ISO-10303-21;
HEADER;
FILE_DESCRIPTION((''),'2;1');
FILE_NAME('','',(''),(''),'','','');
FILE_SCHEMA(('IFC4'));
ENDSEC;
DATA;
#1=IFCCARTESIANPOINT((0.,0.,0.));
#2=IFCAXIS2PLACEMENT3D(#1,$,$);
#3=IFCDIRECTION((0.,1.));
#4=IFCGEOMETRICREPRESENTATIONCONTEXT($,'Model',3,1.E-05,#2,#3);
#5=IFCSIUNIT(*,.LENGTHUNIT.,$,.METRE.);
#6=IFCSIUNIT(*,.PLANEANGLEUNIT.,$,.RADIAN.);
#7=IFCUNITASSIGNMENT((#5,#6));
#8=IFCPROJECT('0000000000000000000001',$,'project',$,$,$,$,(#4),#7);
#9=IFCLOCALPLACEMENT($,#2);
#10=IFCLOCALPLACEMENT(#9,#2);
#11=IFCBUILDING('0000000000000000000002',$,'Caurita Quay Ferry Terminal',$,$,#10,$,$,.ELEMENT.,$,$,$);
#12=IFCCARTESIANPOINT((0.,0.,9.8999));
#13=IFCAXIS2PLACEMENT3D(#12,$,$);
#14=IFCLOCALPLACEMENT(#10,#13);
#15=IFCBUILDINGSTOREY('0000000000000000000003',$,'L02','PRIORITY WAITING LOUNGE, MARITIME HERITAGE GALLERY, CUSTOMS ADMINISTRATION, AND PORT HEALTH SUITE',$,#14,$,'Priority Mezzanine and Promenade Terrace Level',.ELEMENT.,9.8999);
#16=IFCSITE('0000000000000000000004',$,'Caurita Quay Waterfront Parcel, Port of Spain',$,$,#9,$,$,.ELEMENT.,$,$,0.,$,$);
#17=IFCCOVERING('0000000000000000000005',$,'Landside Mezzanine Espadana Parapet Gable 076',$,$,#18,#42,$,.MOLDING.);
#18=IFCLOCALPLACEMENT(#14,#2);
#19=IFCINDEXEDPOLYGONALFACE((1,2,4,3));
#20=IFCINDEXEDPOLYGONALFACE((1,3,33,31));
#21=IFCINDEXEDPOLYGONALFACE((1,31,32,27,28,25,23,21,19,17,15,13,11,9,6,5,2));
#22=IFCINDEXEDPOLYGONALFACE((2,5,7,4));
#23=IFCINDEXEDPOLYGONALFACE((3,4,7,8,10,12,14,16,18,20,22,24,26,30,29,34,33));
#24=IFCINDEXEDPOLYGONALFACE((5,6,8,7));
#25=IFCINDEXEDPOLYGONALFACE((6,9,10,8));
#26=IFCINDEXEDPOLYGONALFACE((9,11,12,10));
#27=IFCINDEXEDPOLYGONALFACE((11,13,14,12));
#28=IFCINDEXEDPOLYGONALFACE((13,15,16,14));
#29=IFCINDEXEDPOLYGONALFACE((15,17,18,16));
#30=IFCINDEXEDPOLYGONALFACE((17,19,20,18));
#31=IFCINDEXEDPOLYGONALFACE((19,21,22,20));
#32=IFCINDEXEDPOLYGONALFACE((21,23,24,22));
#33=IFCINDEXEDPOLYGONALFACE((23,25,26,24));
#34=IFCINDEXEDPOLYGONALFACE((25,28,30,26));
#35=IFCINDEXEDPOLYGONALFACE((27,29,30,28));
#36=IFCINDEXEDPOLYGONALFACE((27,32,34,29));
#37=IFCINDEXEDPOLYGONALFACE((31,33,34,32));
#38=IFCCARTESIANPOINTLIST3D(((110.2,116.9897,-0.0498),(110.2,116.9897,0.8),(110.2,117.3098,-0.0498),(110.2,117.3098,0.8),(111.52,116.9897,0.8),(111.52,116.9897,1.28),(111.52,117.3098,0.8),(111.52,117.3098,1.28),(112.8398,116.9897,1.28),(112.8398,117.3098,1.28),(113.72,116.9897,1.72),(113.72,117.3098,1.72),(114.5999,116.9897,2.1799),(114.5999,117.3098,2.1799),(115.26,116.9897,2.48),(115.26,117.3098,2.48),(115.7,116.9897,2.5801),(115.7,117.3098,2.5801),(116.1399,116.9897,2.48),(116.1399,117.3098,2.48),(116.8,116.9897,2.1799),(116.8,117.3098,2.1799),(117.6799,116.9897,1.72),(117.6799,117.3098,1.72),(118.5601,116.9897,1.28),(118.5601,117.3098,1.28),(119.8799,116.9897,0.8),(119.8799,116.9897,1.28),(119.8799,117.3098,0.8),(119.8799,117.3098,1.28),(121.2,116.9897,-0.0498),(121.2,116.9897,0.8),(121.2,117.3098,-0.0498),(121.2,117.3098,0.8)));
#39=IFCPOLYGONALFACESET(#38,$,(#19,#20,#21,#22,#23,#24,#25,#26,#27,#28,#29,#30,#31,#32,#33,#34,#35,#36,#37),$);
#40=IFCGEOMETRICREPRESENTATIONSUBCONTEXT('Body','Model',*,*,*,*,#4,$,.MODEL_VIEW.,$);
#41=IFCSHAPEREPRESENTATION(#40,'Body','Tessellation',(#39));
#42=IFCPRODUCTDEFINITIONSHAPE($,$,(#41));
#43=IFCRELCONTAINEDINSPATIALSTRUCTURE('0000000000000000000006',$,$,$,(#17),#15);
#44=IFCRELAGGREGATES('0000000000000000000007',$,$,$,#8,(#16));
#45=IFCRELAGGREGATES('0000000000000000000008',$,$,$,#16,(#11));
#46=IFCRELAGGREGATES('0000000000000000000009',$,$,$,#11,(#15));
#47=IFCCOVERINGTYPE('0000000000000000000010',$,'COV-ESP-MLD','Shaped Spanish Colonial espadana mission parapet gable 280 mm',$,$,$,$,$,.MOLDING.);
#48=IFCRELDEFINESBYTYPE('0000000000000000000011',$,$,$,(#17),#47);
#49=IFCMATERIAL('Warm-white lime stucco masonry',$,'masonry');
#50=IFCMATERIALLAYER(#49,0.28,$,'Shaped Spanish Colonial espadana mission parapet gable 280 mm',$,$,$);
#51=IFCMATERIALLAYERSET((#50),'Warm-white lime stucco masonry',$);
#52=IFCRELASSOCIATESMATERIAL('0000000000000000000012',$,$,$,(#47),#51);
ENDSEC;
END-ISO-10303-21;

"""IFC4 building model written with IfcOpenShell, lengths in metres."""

from ifc_helpers import new_model, si_unit, direction, frame, origin, place, context, subcontext, project, spatial, polyline, outline, extrude, material, layer, layer_set, type_object, element, save


model = new_model("IFC4")

# Units and contexts
model_context = context("Model", 3, precision=1e-05, world=origin(), true_north=direction((0.0, 1.0)))
body_context = subcontext(model_context, "Body", "Model", "MODEL_VIEW")
ifc_project = project(units=[si_unit("LENGTHUNIT", "METRE"), si_unit("PLANEANGLEUNIT", "RADIAN")], contexts=[model_context])

# Site, building, storey
site_placement = place(None, origin())
site = spatial("IfcSite", under=ifc_project, at=site_placement, Name="Caurita Quay Waterfront Parcel, Port of Spain", CompositionType="ELEMENT", RefElevation=0.0)
building_placement = place(site_placement, origin())
building = spatial("IfcBuilding", under=site, at=building_placement, Name="Caurita Quay Ferry Terminal", CompositionType="ELEMENT")
storey_placement = place(building_placement, frame((0.0, 0.0, 9.8999)))
storey = spatial("IfcBuildingStorey", under=building, at=storey_placement, Name="L02", Description="PRIORITY WAITING LOUNGE, MARITIME HERITAGE GALLERY, CUSTOMS ADMINISTRATION, AND PORT HEALTH SUITE", LongName="Priority Mezzanine and Promenade Terrace Level", CompositionType="ELEMENT", Elevation=9.8999)

# Covering
ifc_material_1 = material(Name="Warm-white lime stucco masonry", Category="masonry")
ifc_layer = layer(ifc_material_1, 0.28, Name="Shaped Spanish Colonial espadana mission parapet gable 280 mm")
ifc_layer_set = layer_set([ifc_layer], Name="Warm-white lime stucco masonry")
covering_type = type_object("IfcCoveringType", Name="COV-ESP-MLD", Description="Shaped Spanish Colonial espadana mission parapet gable 280 mm", PredefinedType="MOLDING", material=ifc_layer_set)
covering_placement = place(storey_placement, frame((121.2, 117.1499, -0.0498), z_axis=(0.0, 0.0, 1.0), x_axis=(-1.0, 0.0, 0.0)))
element("IfcCovering", 1, at=covering_placement, inside=storey, type_object=covering_type, Name="Landside Mezzanine Espadana Parapet Gable 076", PredefinedType="MOLDING", context=body_context, shape_type="SweptSolid", body=[
    extrude(outline(polyline([(0.0, 0.0), (11.0, 0.0), (11.0, 0.8499), (9.6799, 0.8499), (9.6799, 1.3298), (8.3601, 1.3298), (7.48, 1.7698), (6.6001, 2.2297), (5.9399, 2.5298), (5.5, 2.6299), (5.0601, 2.5298), (4.3999, 2.2297), (3.52, 1.7698), (2.6399, 1.3298), (1.3201, 1.3298), (1.3201, 0.8499), (0.0, 0.8499), (0.0, 0.0)])), frame((0.0, 0.1602, 0.0), z_axis=(0.0, -1.0, 0.0), x_axis=(1.0, 0.0, 0.0)), (0.0, 0.0, 1.0), 0.3201),
])

save(model, "model.ifc")
